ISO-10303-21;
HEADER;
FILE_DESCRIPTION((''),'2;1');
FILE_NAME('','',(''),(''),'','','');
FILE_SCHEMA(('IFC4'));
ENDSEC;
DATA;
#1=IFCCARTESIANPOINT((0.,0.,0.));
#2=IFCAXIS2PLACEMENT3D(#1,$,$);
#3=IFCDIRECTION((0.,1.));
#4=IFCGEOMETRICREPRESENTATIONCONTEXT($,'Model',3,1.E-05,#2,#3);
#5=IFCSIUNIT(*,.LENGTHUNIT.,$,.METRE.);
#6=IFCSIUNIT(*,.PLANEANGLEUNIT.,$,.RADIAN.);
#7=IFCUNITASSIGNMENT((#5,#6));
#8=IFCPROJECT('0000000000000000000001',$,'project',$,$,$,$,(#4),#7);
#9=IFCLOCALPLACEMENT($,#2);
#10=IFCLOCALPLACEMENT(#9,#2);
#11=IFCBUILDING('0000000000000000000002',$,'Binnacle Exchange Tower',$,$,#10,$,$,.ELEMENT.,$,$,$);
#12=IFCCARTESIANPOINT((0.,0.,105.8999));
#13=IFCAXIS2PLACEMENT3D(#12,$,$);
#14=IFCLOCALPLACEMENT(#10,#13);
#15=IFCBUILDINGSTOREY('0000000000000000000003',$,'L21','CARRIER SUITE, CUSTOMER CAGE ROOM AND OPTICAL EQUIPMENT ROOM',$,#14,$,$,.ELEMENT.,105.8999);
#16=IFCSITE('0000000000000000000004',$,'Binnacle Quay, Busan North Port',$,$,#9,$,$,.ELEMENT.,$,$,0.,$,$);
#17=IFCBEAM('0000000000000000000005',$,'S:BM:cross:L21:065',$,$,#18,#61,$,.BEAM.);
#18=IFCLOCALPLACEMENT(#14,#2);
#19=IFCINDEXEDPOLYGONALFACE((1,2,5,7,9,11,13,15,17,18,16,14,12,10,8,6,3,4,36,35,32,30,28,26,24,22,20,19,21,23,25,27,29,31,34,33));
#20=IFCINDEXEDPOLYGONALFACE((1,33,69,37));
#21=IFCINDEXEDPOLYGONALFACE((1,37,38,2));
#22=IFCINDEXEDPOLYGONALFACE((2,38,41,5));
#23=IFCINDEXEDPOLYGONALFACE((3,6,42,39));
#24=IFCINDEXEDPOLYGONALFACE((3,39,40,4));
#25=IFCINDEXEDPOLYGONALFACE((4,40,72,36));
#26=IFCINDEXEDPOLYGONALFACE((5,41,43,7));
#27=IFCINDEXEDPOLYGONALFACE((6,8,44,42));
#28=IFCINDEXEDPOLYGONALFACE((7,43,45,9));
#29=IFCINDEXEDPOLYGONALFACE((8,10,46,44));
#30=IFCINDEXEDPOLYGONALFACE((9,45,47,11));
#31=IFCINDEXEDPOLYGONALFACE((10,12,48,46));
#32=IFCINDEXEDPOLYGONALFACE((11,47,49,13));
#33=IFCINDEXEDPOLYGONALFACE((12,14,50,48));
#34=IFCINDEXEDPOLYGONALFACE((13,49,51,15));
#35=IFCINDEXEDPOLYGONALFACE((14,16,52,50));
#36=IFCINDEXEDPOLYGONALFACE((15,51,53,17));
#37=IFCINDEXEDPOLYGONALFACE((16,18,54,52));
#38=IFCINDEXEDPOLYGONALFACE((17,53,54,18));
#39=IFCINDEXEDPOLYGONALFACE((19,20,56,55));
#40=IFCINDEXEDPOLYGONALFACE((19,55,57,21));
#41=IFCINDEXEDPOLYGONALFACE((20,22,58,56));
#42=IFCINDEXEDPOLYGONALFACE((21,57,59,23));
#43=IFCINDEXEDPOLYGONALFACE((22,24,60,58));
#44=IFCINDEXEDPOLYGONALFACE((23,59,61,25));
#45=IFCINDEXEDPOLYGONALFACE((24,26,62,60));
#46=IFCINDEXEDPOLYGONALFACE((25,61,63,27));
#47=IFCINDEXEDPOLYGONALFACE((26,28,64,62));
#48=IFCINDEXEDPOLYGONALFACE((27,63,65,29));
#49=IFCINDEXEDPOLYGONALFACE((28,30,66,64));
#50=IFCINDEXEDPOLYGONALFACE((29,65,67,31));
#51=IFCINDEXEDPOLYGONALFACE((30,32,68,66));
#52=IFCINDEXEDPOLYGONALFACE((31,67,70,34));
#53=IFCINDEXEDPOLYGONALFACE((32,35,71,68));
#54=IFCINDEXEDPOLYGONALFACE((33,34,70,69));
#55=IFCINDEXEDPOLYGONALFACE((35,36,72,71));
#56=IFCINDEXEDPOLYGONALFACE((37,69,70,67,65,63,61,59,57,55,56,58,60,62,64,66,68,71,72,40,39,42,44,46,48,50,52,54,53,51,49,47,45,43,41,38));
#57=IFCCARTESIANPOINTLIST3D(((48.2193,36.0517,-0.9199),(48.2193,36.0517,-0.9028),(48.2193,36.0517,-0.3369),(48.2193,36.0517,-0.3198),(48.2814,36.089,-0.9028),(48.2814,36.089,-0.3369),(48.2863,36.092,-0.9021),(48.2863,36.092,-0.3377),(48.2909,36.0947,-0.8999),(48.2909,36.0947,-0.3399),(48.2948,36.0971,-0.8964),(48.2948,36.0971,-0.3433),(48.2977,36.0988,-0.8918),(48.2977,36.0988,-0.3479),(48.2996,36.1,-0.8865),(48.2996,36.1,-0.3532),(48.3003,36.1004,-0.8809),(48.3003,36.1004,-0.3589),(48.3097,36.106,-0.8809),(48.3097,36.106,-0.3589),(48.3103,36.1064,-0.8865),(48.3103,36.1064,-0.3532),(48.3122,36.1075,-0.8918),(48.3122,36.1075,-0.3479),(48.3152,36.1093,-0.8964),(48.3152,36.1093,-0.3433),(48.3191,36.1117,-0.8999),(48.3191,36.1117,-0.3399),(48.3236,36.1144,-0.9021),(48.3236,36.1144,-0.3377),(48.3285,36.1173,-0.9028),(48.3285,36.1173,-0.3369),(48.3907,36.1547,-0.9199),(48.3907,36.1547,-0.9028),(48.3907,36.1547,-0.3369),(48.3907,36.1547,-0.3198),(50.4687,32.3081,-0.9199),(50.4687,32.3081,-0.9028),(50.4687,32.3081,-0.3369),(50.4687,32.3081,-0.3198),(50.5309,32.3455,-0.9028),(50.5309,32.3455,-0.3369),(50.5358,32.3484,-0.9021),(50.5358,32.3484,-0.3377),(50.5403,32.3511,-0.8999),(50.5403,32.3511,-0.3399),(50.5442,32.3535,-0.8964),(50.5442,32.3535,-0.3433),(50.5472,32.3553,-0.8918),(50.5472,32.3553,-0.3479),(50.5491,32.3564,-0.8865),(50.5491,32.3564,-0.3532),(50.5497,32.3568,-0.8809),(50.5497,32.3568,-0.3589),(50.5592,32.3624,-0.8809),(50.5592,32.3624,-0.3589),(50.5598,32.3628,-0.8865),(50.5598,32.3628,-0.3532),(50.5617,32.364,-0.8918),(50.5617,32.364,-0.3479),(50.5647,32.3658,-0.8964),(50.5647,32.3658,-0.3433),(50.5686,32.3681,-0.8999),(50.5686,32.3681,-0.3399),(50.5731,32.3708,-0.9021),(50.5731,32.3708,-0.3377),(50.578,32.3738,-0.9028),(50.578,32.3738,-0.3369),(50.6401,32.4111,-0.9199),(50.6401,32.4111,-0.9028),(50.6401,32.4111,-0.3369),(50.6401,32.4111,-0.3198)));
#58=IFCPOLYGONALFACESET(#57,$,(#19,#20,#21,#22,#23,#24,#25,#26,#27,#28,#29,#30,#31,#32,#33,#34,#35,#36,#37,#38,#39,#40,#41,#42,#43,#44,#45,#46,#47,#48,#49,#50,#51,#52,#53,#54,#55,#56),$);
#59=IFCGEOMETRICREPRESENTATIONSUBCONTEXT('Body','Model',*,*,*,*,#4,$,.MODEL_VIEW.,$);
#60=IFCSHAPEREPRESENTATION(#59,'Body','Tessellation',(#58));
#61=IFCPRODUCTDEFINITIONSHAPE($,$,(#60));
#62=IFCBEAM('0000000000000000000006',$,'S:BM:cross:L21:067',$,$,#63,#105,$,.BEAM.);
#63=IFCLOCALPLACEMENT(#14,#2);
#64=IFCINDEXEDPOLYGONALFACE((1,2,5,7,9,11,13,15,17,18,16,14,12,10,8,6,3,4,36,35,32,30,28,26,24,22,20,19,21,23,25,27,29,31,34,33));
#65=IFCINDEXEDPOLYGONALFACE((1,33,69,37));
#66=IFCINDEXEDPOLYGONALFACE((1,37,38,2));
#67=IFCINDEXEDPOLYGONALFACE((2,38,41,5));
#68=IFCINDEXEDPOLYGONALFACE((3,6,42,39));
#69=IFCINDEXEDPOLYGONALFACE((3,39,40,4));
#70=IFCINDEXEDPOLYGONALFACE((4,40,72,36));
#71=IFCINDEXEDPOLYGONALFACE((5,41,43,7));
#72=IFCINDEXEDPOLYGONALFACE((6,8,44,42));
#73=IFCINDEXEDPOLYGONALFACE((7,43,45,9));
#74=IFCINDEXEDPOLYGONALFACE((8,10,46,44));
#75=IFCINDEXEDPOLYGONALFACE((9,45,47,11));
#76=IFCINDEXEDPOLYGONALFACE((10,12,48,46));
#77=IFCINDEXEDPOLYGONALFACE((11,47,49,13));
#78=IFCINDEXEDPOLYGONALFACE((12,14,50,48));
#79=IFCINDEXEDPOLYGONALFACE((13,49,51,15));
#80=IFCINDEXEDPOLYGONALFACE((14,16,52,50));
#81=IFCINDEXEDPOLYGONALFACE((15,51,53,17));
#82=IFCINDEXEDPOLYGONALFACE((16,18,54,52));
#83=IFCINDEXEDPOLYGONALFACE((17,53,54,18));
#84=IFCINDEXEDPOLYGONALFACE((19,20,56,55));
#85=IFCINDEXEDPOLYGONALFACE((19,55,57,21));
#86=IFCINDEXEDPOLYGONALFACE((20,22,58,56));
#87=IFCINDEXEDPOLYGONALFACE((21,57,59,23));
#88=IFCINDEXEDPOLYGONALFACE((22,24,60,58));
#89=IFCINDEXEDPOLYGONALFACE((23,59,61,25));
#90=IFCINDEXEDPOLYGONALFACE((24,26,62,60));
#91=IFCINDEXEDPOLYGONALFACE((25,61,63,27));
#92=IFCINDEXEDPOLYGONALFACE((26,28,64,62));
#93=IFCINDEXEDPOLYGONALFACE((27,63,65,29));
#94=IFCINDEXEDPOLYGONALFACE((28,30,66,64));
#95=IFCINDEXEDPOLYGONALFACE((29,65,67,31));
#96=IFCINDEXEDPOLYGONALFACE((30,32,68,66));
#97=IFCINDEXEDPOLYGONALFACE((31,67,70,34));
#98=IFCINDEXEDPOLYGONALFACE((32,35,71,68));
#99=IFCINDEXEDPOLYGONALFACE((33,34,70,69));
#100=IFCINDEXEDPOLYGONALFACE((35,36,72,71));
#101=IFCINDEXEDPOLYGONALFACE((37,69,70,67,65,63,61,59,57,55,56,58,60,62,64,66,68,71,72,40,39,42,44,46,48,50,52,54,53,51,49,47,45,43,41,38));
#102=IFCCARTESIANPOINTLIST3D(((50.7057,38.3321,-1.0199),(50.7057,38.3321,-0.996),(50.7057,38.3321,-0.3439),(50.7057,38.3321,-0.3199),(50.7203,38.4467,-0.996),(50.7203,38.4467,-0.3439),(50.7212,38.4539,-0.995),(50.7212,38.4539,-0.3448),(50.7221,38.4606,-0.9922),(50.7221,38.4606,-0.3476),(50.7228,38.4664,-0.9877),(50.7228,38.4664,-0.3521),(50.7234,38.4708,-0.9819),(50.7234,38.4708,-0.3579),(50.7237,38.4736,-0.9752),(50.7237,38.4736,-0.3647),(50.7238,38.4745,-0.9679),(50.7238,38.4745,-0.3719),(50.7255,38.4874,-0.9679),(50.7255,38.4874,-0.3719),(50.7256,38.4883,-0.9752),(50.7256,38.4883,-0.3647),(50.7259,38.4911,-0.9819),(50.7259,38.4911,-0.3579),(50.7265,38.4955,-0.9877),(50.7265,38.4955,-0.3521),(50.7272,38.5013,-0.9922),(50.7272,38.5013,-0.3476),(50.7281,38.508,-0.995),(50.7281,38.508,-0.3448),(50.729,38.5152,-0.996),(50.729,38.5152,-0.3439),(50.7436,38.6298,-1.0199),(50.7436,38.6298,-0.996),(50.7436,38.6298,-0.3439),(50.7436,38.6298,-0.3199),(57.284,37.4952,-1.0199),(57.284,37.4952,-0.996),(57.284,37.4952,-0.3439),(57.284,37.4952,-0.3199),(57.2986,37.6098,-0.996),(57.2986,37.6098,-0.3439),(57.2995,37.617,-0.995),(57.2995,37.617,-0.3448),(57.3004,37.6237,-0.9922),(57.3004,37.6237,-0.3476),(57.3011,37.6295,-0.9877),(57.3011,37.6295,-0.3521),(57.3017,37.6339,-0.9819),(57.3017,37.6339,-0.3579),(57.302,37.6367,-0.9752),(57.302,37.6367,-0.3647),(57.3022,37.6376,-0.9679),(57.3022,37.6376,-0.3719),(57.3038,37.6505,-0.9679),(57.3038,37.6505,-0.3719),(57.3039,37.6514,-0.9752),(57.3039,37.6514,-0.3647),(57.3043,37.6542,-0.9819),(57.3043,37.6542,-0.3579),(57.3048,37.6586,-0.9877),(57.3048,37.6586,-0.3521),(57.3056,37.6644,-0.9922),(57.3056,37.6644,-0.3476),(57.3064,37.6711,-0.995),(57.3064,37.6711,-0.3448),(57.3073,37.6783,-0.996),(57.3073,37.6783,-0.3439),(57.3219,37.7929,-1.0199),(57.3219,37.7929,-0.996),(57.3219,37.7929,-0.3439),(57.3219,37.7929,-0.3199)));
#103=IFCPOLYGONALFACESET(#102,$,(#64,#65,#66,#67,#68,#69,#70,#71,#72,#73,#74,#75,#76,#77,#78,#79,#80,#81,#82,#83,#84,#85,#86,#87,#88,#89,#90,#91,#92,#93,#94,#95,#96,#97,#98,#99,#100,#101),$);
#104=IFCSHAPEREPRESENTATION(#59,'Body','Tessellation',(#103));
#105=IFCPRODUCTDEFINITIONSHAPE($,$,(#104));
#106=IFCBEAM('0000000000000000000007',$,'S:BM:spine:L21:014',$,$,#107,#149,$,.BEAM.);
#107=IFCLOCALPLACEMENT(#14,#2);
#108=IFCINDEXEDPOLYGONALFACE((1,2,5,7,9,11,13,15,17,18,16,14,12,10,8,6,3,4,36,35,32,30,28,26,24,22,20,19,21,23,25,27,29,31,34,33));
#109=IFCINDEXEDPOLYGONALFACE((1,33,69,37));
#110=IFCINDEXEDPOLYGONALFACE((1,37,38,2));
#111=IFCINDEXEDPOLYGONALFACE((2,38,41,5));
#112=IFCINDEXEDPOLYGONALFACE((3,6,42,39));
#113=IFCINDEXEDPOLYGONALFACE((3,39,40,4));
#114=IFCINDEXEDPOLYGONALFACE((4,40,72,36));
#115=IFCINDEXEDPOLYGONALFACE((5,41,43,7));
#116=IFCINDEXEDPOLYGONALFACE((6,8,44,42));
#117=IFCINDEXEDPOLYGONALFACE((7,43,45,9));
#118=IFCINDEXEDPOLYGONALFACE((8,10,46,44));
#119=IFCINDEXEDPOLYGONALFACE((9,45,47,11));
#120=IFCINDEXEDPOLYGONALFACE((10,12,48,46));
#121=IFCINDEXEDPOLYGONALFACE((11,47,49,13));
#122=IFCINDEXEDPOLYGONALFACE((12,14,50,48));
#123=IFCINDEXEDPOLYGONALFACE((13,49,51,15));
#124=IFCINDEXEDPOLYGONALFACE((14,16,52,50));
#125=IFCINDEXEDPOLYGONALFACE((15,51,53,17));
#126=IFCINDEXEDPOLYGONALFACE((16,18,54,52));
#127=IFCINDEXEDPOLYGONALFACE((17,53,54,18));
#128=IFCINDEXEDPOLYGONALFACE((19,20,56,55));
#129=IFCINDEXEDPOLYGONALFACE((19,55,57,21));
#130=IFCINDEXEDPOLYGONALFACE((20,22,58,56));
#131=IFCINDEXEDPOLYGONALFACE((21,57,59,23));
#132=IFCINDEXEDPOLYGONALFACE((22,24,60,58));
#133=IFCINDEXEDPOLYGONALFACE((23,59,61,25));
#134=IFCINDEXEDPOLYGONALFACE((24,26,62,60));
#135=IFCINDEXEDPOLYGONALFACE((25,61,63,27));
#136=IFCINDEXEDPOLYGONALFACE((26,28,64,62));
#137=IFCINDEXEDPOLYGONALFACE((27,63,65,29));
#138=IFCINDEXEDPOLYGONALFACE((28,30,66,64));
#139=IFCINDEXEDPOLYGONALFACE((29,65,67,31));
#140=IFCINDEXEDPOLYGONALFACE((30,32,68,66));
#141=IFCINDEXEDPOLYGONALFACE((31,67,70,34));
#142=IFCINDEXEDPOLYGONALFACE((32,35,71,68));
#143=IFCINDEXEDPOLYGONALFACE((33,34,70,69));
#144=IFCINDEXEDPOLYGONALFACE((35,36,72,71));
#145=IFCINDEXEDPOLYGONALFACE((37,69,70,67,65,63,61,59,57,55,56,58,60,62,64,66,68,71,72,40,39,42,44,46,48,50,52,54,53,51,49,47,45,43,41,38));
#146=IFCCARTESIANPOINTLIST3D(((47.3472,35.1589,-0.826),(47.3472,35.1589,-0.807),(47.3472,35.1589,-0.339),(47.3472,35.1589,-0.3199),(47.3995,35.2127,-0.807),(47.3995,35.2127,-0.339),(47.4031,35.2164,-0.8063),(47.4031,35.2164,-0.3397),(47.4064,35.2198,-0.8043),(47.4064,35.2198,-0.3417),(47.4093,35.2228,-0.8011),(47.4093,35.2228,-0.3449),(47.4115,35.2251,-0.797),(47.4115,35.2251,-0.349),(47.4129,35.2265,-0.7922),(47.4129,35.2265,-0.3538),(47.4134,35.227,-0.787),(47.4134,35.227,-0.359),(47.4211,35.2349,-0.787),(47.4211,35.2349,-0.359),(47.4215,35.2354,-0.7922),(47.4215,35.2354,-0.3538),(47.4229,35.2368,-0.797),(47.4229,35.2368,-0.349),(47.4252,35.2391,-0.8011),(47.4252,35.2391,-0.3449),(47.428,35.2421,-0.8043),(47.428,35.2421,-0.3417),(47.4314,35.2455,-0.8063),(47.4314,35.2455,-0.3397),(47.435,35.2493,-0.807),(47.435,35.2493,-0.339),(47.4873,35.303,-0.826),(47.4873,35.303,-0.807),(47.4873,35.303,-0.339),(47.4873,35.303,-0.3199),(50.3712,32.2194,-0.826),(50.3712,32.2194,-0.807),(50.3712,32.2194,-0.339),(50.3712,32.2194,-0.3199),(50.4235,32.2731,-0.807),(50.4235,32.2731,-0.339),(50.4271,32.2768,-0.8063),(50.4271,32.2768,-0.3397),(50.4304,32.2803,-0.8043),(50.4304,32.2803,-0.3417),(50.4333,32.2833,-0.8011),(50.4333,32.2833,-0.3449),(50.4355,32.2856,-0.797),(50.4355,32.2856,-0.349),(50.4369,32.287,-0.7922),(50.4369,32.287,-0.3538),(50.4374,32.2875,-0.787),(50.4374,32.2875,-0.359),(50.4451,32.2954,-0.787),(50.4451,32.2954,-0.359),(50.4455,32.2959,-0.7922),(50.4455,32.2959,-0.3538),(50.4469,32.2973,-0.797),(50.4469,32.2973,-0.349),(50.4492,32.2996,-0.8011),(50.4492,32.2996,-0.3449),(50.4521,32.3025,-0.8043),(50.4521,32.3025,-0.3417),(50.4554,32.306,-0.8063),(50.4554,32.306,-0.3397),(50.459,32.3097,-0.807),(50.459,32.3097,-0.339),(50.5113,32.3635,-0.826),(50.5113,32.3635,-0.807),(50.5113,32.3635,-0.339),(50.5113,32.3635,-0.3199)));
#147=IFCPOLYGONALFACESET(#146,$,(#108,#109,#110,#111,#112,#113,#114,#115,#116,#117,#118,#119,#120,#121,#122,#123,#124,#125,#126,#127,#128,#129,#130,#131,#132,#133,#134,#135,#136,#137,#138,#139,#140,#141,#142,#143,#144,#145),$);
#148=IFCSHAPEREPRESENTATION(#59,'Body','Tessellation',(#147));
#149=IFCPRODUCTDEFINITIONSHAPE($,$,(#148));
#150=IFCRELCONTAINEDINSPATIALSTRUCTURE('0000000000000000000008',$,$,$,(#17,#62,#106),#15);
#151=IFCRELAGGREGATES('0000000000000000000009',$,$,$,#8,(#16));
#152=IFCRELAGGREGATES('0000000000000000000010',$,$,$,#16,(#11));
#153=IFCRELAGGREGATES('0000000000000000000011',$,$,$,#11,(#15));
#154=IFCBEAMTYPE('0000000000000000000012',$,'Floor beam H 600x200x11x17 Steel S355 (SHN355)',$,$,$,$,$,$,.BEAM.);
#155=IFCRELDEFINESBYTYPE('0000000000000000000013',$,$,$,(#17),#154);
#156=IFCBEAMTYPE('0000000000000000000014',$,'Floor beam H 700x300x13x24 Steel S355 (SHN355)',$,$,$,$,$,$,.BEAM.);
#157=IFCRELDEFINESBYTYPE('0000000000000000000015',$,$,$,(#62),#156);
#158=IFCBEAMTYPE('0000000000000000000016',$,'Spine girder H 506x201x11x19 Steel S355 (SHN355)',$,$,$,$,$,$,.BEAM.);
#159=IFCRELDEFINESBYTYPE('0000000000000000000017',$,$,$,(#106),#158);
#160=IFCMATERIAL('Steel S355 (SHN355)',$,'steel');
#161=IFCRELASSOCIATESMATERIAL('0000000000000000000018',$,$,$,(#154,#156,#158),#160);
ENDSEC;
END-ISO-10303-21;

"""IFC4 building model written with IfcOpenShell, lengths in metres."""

from ifc_helpers import new_model, si_unit, direction, frame, origin, origin_2d, place, context, subcontext, project, spatial, i_section, extrude, material, material_profile, profile_set, type_object, element, save


model = new_model("IFC4")

# Units and contexts
model_context = context("Model", 3, precision=1e-05, world=origin(), true_north=direction((0.0, 1.0)))
body_context = subcontext(model_context, "Body", "Model", "MODEL_VIEW")
ifc_project = project(units=[si_unit("LENGTHUNIT", "METRE"), si_unit("PLANEANGLEUNIT", "RADIAN")], contexts=[model_context])

# Site, building, storey
site_placement = place(None, origin())
site = spatial("IfcSite", under=ifc_project, at=site_placement, Name="Binnacle Quay, Busan North Port", CompositionType="ELEMENT", RefElevation=0.0)
building_placement = place(site_placement, origin())
building = spatial("IfcBuilding", under=site, at=building_placement, Name="Binnacle Exchange Tower", CompositionType="ELEMENT")
storey_placement = place(building_placement, frame((0.0, 0.0, 105.8999)))
storey = spatial("IfcBuildingStorey", under=building, at=storey_placement, Name="L21", Description="CARRIER SUITE, CUSTOMER CAGE ROOM AND OPTICAL EQUIPMENT ROOM", CompositionType="ELEMENT", Elevation=105.8999)

# Beams
ifc_material_1 = material(Name="Steel S355 (SHN355)", Category="steel")
ifc_material_profile_1 = material_profile(ifc_material_1, i_section(OverallWidth=0.2, OverallDepth=0.6001, WebThickness=0.011, FlangeThickness=0.0171, FilletRadius=0.022, at=origin_2d()), Name="H 600x200x11x17")
ifc_profile_set_1 = profile_set([ifc_material_profile_1], Name="Steel S355 (SHN355)")
beam_type_1 = type_object("IfcBeamType", Name="Floor beam H 600x200x11x17 Steel S355 (SHN355)", PredefinedType="BEAM", material=ifc_profile_set_1)
beam_1_placement = place(storey_placement, frame((50.5544, 32.3596, -0.6199), z_axis=(-0.515055, 0.857157, 0.0), x_axis=(-0.857157, -0.515055, 0.0)))
element("IfcBeam", 1, at=beam_1_placement, inside=storey, type_object=beam_type_1, Name="S:BM:cross:L21:065", PredefinedType="BEAM", context=body_context, shape_type="SweptSolid", body=[
    extrude(i_section(OverallWidth=0.2, OverallDepth=0.6001, WebThickness=0.011, FlangeThickness=0.0171, FilletRadius=0.022, at=origin_2d()), origin(), (0.0, 0.0, 1.0), 4.3674),
])
ifc_material_profile_2 = material_profile(ifc_material_1, i_section(OverallWidth=0.3, OverallDepth=0.7, WebThickness=0.0129, FlangeThickness=0.0239, FilletRadius=0.0281, at=origin_2d()), Name="H 700x300x13x24")
ifc_profile_set_2 = profile_set([ifc_material_profile_2], Name="Steel S355 (SHN355)")
beam_type_2 = type_object("IfcBeamType", Name="Floor beam H 700x300x13x24 Steel S355 (SHN355)", PredefinedType="BEAM", material=ifc_profile_set_2)
beam_2_placement = place(storey_placement, frame((57.303, 37.644, -0.6699), z_axis=(-0.992004, 0.126205, 0.0), x_axis=(-0.126205, -0.992004, 0.0)))
element("IfcBeam", 2, at=beam_2_placement, inside=storey, type_object=beam_type_2, Name="S:BM:cross:L21:067", PredefinedType="BEAM", context=body_context, shape_type="SweptSolid", body=[
    extrude(i_section(OverallWidth=0.3, OverallDepth=0.7, WebThickness=0.0129, FlangeThickness=0.0239, FilletRadius=0.0281, at=origin_2d()), origin(), (0.0, 0.0, 1.0), 6.6313),
])
ifc_material_profile_3 = material_profile(ifc_material_1, i_section(OverallWidth=0.2009, OverallDepth=0.5061, WebThickness=0.011, FlangeThickness=0.019, FilletRadius=0.02, at=origin_2d()), Name="H 506x201x11x19")
ifc_profile_set_3 = profile_set([ifc_material_profile_3], Name="Steel S355 (SHN355)")
beam_type_3 = type_object("IfcBeamType", Name="Spine girder H 506x201x11x19 Steel S355 (SHN355)", PredefinedType="BEAM", material=ifc_profile_set_3)
beam_3_placement = place(storey_placement, frame((47.4172, 35.231, -0.573), z_axis=(0.717051, -0.697021, 0.0), x_axis=(0.697021, 0.717051, 0.0)))
element("IfcBeam", 3, at=beam_3_placement, inside=storey, type_object=beam_type_3, Name="S:BM:spine:L21:014", PredefinedType="BEAM", context=body_context, shape_type="SweptSolid", body=[
    extrude(i_section(OverallWidth=0.2009, OverallDepth=0.5061, WebThickness=0.011, FlangeThickness=0.019, FilletRadius=0.02, at=origin_2d()), origin(), (0.0, 0.0, 1.0), 4.2173),
])

save(model, "model.ifc")
